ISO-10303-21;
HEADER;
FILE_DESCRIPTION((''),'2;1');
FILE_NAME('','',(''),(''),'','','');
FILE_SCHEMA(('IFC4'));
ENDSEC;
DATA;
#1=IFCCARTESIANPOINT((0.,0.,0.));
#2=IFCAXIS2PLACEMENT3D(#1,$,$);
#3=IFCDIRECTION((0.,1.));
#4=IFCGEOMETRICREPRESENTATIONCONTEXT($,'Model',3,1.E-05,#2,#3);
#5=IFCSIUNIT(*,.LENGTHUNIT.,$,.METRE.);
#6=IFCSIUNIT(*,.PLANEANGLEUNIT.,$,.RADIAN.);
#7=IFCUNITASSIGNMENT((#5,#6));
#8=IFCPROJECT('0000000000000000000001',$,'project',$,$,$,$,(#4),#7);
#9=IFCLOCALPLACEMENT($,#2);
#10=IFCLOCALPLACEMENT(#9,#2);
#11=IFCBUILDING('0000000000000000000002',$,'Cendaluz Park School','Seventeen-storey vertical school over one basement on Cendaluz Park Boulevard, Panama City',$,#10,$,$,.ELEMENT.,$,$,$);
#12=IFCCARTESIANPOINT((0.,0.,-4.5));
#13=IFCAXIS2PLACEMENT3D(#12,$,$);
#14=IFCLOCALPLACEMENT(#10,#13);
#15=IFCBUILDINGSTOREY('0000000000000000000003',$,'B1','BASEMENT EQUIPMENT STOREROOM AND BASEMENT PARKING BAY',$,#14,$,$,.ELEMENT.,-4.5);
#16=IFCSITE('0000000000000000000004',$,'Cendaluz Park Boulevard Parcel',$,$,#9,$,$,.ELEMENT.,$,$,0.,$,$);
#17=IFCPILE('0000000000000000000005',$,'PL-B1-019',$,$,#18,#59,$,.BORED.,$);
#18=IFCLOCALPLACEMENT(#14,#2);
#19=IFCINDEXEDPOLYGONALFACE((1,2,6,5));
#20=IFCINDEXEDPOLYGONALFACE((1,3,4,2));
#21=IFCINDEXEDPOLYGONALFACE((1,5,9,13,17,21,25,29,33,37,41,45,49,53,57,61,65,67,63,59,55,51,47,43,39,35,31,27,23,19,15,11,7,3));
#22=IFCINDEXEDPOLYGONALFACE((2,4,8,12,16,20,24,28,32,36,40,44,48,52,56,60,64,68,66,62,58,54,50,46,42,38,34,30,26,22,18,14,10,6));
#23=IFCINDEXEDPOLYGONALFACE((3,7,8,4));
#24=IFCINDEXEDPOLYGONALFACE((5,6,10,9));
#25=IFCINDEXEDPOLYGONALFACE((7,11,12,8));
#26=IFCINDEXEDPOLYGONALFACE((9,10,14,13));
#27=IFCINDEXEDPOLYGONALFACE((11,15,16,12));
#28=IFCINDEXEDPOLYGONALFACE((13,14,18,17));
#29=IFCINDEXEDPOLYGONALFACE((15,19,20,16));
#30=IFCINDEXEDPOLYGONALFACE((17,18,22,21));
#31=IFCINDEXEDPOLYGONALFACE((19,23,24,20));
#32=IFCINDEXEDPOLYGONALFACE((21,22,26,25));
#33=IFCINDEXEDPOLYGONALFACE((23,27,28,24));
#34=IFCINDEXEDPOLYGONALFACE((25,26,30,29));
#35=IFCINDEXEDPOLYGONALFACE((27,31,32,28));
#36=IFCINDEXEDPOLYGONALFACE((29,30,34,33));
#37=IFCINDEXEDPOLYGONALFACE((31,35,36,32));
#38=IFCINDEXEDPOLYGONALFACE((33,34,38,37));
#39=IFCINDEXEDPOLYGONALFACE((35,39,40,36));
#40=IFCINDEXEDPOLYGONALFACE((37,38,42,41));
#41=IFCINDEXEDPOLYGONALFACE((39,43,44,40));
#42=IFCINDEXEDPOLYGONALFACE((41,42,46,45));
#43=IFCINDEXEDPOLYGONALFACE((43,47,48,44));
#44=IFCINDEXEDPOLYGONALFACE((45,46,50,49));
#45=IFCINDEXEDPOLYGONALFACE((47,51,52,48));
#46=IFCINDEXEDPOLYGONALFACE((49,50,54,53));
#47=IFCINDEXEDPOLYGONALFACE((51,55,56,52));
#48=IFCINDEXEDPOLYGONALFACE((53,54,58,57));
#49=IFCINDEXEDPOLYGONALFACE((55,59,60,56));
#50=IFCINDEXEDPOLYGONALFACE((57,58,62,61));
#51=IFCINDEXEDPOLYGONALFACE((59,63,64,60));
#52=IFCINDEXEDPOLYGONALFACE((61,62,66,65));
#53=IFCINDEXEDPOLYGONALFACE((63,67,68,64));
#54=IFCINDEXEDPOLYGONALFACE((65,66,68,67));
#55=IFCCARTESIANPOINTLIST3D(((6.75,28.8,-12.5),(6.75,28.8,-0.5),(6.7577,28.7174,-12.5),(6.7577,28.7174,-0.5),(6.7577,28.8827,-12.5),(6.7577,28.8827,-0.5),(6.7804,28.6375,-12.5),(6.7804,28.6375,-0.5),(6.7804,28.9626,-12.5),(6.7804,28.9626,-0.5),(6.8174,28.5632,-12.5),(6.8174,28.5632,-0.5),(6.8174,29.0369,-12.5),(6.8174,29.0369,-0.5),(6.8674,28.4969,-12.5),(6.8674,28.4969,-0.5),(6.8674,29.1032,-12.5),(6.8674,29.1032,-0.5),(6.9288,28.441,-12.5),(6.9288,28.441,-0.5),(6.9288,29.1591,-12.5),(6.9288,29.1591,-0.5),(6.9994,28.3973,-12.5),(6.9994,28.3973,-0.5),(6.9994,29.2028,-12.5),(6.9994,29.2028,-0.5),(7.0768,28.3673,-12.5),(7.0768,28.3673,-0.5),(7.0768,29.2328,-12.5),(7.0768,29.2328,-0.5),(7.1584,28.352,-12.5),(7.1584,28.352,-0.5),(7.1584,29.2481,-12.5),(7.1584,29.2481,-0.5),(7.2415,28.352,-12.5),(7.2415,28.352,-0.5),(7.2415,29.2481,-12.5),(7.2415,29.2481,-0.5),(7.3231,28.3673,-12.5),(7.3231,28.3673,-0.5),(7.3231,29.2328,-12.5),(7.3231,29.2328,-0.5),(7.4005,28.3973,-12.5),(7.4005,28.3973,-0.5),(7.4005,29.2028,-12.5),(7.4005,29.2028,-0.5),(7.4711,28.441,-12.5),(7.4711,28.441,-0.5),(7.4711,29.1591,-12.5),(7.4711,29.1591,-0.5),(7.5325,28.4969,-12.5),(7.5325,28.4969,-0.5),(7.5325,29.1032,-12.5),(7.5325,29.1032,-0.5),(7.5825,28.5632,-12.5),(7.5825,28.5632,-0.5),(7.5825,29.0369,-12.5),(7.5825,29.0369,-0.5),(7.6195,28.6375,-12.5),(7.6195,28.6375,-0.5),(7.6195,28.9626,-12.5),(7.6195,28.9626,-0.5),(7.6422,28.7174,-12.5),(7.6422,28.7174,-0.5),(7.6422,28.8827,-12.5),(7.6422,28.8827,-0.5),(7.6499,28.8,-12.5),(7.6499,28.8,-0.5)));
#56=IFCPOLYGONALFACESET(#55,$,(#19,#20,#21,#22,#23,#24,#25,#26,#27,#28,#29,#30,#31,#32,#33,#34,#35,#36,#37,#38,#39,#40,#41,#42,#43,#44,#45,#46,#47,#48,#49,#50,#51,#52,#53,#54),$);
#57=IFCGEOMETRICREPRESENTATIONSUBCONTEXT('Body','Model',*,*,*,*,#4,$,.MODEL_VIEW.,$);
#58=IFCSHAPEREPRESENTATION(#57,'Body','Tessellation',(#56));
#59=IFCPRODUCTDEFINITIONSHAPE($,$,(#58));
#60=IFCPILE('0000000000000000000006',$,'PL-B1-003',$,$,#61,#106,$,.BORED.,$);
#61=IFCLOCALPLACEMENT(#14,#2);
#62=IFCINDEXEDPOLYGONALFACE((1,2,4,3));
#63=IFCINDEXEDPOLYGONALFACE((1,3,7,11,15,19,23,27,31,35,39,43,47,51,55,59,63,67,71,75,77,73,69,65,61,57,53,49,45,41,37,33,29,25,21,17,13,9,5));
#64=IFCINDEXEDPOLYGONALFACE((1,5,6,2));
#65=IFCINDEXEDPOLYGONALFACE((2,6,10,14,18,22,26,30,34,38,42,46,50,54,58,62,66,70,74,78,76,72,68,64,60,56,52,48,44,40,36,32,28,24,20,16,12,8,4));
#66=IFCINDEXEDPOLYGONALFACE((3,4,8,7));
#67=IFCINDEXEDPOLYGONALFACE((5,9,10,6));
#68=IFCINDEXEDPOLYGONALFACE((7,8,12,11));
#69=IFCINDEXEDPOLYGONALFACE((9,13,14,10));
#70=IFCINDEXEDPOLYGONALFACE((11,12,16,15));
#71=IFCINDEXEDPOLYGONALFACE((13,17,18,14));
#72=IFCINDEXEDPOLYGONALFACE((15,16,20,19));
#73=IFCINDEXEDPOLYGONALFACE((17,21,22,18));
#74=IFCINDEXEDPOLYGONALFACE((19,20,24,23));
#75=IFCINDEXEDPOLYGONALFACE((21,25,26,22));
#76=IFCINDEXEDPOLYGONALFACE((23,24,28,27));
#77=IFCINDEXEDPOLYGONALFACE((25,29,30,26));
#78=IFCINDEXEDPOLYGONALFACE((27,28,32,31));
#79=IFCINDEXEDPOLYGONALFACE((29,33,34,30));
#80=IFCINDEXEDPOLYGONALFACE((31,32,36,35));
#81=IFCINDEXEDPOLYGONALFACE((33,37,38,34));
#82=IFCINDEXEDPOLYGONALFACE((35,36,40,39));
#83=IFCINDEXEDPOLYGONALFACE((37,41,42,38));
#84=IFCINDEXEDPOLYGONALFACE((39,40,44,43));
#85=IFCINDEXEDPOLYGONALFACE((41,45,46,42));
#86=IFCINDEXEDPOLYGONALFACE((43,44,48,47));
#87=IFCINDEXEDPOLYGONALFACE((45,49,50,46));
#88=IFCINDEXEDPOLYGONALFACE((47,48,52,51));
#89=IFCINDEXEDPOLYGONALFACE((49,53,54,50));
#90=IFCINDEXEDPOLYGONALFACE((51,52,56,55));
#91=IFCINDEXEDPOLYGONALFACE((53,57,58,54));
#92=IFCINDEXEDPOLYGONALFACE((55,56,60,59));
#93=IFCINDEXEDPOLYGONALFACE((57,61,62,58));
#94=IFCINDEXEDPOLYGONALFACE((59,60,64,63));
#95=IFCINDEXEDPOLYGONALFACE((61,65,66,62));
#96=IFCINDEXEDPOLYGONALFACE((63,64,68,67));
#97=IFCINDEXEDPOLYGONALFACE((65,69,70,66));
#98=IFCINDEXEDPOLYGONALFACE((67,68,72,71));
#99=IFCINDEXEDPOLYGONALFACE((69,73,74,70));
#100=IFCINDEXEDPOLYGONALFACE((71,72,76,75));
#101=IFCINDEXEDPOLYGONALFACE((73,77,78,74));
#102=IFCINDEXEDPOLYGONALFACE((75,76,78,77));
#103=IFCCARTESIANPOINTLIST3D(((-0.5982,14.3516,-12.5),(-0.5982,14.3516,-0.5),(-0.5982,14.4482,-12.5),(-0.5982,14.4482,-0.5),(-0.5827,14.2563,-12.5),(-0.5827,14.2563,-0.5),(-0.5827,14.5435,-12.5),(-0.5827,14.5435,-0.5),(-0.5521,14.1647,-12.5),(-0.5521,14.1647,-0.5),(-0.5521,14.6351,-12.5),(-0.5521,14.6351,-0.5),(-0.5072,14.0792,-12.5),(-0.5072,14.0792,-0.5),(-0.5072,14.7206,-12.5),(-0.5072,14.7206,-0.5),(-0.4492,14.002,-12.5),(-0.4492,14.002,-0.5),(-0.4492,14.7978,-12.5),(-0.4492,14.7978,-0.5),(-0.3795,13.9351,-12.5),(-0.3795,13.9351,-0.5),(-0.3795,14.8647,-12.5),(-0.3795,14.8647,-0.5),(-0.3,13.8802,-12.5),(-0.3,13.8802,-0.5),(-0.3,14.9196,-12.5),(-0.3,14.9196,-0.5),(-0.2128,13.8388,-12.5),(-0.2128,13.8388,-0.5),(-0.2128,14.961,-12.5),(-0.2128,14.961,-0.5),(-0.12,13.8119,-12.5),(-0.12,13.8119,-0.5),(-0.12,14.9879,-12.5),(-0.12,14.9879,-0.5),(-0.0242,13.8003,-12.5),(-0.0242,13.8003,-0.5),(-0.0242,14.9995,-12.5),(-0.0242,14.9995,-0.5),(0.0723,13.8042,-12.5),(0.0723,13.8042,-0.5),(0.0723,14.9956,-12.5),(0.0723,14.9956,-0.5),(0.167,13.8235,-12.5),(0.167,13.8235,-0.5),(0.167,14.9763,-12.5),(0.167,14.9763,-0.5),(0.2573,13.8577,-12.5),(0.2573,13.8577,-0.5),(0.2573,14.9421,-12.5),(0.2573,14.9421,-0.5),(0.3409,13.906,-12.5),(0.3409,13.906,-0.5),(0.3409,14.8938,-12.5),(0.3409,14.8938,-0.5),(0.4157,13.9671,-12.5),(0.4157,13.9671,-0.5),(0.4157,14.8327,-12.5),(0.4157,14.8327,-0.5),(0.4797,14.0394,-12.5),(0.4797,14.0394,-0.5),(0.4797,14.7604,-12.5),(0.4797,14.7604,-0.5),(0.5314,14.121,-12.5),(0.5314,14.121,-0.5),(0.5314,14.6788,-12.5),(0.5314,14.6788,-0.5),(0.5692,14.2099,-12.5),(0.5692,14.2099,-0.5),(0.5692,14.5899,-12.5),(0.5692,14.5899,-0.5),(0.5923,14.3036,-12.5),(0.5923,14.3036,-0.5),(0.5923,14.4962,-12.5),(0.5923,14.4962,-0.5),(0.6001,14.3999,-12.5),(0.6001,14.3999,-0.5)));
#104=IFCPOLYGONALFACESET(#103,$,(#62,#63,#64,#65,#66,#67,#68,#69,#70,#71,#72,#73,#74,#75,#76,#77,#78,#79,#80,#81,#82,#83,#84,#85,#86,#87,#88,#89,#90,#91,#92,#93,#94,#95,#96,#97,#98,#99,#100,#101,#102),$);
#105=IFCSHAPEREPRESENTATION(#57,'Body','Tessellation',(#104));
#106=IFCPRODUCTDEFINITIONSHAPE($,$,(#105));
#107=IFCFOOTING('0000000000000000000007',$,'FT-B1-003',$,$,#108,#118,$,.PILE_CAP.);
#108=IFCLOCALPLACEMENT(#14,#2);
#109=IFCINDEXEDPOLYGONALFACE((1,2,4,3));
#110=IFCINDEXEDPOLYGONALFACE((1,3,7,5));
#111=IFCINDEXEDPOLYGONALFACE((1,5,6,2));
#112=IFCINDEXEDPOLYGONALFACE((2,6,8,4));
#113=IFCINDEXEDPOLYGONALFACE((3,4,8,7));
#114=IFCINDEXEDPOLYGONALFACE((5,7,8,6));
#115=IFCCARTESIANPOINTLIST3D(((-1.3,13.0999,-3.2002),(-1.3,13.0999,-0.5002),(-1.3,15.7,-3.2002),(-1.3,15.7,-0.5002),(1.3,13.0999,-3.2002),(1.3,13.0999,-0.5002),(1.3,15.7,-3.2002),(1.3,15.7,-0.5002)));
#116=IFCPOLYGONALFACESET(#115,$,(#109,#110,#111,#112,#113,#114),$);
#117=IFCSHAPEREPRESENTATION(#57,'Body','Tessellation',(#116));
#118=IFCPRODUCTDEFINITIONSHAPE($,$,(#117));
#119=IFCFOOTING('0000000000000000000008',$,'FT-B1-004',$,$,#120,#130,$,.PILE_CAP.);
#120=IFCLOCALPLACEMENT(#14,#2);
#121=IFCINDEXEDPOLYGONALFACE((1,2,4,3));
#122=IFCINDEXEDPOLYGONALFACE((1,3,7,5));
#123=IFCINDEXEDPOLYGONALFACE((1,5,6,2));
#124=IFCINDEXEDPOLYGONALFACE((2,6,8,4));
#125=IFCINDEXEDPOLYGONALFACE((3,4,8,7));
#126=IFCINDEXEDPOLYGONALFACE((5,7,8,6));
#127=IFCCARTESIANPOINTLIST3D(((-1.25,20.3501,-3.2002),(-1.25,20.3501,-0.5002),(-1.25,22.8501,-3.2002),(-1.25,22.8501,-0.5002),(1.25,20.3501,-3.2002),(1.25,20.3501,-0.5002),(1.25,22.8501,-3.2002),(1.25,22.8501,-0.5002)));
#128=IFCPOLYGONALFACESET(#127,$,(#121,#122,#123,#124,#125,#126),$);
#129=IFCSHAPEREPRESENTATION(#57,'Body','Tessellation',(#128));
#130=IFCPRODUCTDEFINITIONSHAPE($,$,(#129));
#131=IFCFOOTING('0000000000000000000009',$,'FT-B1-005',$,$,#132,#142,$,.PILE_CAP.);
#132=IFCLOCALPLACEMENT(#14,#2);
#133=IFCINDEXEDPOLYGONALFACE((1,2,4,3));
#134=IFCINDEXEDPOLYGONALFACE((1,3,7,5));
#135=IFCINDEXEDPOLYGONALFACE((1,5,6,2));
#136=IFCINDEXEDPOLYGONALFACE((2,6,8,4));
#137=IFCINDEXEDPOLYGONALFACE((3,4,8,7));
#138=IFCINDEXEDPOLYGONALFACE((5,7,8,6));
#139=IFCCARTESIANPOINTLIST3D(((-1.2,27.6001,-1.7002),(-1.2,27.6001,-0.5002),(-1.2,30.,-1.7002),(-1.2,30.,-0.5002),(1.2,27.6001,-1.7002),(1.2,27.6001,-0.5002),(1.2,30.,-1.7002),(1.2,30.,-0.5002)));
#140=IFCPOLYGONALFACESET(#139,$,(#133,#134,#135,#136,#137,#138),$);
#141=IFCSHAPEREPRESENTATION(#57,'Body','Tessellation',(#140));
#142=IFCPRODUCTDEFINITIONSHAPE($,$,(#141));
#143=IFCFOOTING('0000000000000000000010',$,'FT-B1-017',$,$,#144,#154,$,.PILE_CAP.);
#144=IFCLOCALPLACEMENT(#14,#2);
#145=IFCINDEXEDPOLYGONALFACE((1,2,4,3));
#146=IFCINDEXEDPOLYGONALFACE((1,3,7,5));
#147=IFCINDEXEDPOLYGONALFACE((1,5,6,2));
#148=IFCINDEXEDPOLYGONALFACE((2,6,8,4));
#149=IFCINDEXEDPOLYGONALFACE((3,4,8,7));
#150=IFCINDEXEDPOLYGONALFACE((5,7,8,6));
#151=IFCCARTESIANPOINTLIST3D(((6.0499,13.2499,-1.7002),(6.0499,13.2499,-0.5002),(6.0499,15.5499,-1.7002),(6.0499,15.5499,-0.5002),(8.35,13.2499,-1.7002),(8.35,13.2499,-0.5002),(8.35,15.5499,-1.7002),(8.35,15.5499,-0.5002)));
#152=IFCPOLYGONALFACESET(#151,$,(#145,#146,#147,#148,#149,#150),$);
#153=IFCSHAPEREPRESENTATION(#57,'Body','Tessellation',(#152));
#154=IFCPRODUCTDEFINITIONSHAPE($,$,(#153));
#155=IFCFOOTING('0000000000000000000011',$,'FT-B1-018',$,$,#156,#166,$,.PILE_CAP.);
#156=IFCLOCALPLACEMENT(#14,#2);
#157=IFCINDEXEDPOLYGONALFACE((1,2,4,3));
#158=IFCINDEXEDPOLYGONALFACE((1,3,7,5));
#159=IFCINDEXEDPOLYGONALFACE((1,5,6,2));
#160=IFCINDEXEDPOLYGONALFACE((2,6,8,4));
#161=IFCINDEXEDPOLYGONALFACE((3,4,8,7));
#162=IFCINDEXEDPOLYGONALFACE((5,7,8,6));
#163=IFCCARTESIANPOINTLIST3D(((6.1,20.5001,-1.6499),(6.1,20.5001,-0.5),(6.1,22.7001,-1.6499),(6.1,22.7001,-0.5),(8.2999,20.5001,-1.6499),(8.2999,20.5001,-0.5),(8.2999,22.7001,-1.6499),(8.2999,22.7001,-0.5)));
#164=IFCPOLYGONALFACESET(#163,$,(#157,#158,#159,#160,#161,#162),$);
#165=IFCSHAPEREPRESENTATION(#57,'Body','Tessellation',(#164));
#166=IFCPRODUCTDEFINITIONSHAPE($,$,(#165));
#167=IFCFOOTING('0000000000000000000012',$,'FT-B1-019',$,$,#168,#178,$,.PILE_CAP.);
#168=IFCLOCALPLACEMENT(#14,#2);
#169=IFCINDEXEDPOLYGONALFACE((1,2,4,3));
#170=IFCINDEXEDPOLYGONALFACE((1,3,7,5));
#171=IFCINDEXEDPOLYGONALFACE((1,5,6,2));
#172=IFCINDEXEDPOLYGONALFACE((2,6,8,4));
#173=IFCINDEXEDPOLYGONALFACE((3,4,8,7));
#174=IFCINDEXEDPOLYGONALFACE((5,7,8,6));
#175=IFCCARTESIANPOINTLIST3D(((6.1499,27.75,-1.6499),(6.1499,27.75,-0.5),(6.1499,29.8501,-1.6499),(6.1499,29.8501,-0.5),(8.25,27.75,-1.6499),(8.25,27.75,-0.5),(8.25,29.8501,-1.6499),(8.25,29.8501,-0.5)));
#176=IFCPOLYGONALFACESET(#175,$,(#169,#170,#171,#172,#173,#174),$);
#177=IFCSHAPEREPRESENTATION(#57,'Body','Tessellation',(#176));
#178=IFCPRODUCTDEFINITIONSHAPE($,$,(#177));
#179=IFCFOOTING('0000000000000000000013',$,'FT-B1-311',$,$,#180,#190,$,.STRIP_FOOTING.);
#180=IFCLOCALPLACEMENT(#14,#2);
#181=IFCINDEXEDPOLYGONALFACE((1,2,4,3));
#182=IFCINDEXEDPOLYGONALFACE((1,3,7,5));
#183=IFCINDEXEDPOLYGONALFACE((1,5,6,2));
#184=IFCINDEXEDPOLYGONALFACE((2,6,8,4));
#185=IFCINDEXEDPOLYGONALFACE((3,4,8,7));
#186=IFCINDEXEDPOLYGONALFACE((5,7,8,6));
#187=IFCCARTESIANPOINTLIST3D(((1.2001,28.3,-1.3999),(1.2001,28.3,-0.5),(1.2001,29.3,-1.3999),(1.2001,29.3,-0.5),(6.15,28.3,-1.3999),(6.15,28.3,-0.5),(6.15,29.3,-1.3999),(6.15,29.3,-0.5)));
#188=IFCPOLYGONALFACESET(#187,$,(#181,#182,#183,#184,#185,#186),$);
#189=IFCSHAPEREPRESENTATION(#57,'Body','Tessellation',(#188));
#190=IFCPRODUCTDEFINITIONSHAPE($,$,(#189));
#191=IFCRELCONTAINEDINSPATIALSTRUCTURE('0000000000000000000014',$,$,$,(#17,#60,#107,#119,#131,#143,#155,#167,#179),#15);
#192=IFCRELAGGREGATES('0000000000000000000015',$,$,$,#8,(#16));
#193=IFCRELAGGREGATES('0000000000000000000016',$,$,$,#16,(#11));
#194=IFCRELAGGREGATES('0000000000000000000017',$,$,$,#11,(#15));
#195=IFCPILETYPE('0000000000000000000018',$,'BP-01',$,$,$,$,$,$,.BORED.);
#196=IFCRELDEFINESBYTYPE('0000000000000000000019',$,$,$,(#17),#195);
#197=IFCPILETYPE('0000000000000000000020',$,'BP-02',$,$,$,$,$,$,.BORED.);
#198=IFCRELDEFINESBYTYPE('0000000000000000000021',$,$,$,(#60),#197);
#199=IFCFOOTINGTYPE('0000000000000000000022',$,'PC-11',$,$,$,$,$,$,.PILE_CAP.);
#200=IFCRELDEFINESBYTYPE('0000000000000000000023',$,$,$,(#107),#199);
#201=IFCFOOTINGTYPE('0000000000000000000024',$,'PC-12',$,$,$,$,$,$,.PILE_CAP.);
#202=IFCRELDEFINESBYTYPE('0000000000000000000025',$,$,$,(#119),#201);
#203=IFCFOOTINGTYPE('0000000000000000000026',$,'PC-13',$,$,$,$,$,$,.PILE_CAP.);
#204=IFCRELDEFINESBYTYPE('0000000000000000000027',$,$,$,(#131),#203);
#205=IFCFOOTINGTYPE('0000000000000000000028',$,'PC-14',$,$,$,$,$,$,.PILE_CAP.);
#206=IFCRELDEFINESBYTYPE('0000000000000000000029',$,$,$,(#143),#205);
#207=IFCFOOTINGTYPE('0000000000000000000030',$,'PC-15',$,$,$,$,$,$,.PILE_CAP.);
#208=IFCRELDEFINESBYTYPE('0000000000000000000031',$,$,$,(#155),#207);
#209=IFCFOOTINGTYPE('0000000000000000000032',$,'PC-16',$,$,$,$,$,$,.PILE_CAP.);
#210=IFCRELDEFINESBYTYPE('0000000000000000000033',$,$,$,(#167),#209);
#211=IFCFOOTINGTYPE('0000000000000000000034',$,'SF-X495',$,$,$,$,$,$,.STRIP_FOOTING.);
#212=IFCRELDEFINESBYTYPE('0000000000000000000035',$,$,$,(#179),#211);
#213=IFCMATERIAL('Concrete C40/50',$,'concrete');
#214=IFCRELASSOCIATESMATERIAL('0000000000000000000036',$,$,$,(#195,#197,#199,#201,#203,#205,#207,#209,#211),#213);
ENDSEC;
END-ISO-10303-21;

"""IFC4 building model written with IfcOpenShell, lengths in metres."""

from ifc_helpers import new_model, si_unit, direction, frame, origin, origin_2d, place, context, subcontext, project, spatial, rectangle, circle, extrude, material, material_profile, profile_set, type_object, element, save


model = new_model("IFC4")

# Units and contexts
model_context = context("Model", 3, precision=1e-05, world=origin(), true_north=direction((0.0, 1.0)))
body_context = subcontext(model_context, "Body", "Model", "MODEL_VIEW")
ifc_project = project(units=[si_unit("LENGTHUNIT", "METRE"), si_unit("PLANEANGLEUNIT", "RADIAN")], contexts=[model_context])

# Site, building, storey
site_placement = place(None, origin())
site = spatial("IfcSite", under=ifc_project, at=site_placement, Name="Cendaluz Park Boulevard Parcel", CompositionType="ELEMENT", RefElevation=0.0)
building_placement = place(site_placement, origin())
building = spatial("IfcBuilding", under=site, at=building_placement, Name="Cendaluz Park School", Description="Seventeen-storey vertical school over one basement on Cendaluz Park Boulevard, Panama City", CompositionType="ELEMENT")
storey_placement = place(building_placement, frame((0.0, 0.0, -4.5)))
storey = spatial("IfcBuildingStorey", under=building, at=storey_placement, Name="B1", Description="BASEMENT EQUIPMENT STOREROOM AND BASEMENT PARKING BAY", CompositionType="ELEMENT", Elevation=-4.5)

# Piles
ifc_material_1 = material(Name="Concrete C40/50", Category="concrete")
ifc_material_profile_1 = material_profile(ifc_material_1, circle(Radius=0.45, at=origin_2d()), Name="BP D900", Category="concrete")
ifc_profile_set_1 = profile_set([ifc_material_profile_1], Name="Concrete C40/50")
pile_type_1 = type_object("IfcPileType", Name="BP-01", PredefinedType="BORED", material=ifc_profile_set_1)
for number, where, z_axis, x_axis, name in (
    (1, (7.2, 28.8, -0.5), (0.0, 0.0, -1.0), (1.0, 0.0, 0.0), "PL-B1-019"),
):
    element("IfcPile", number, at=place(storey_placement, frame(where, z_axis=z_axis, x_axis=x_axis)), inside=storey, type_object=pile_type_1, Name=name, PredefinedType="BORED", context=body_context, shape_type="SweptSolid", body=[
        extrude(circle(Radius=0.45, at=origin_2d()), origin(), (0.0, 0.0, 1.0), 12.0),
    ])
ifc_material_profile_2 = material_profile(ifc_material_1, circle(Radius=0.6001, at=origin_2d()), Name="BP D1200", Category="concrete")
ifc_profile_set_2 = profile_set([ifc_material_profile_2], Name="Concrete C40/50")
pile_type_2 = type_object("IfcPileType", Name="BP-02", PredefinedType="BORED", material=ifc_profile_set_2)
pile_placement = place(storey_placement, frame((0.0, 14.3999, -0.5), z_axis=(0.0, 0.0, -1.0), x_axis=(1.0, 0.0, 0.0)))
element("IfcPile", 2, at=pile_placement, inside=storey, type_object=pile_type_2, Name="PL-B1-003", PredefinedType="BORED", context=body_context, shape_type="SweptSolid", body=[
    extrude(circle(Radius=0.6001, at=origin_2d()), origin(), (0.0, 0.0, 1.0), 12.0),
])

# Footings
footing_type_1 = type_object("IfcFootingType", Name="PC-11", PredefinedType="PILE_CAP", material=ifc_material_1)
footing_1_placement = place(storey_placement, frame((0.0, 14.3999, -3.2002), z_axis=(0.0, 0.0, 1.0), x_axis=(1.0, 0.0, 0.0)))
element("IfcFooting", 3, at=footing_1_placement, inside=storey, type_object=footing_type_1, Name="FT-B1-003", PredefinedType="PILE_CAP", context=body_context, shape_type="SweptSolid", body=[
    extrude(rectangle(XDim=2.6001, YDim=2.6001, at=origin_2d()), origin(), (0.0, 0.0, 1.0), 2.7),
])
footing_type_2 = type_object("IfcFootingType", Name="PC-12", PredefinedType="PILE_CAP", material=ifc_material_1)
footing_2_placement = place(storey_placement, frame((0.0, 21.6001, -3.2002), z_axis=(0.0, 0.0, 1.0), x_axis=(1.0, 0.0, 0.0)))
element("IfcFooting", 4, at=footing_2_placement, inside=storey, type_object=footing_type_2, Name="FT-B1-004", PredefinedType="PILE_CAP", context=body_context, shape_type="SweptSolid", body=[
    extrude(rectangle(XDim=2.5, YDim=2.5, at=origin_2d()), origin(), (0.0, 0.0, 1.0), 2.7),
])
footing_type_3 = type_object("IfcFootingType", Name="PC-13", PredefinedType="PILE_CAP", material=ifc_material_1)
footing_3_placement = place(storey_placement, frame((0.0, 28.8, -1.7002), z_axis=(0.0, 0.0, 1.0), x_axis=(1.0, 0.0, 0.0)))
element("IfcFooting", 5, at=footing_3_placement, inside=storey, type_object=footing_type_3, Name="FT-B1-005", PredefinedType="PILE_CAP", context=body_context, shape_type="SweptSolid", body=[
    extrude(rectangle(XDim=2.3999, YDim=2.3999, at=origin_2d()), origin(), (0.0, 0.0, 1.0), 1.2),
])
footing_type_4 = type_object("IfcFootingType", Name="PC-14", PredefinedType="PILE_CAP", material=ifc_material_1)
footing_4_placement = place(storey_placement, frame((7.2, 14.3999, -1.7002), z_axis=(0.0, 0.0, 1.0), x_axis=(1.0, 0.0, 0.0)))
element("IfcFooting", 6, at=footing_4_placement, inside=storey, type_object=footing_type_4, Name="FT-B1-017", PredefinedType="PILE_CAP", context=body_context, shape_type="SweptSolid", body=[
    extrude(rectangle(XDim=2.3, YDim=2.3, at=origin_2d()), origin(), (0.0, 0.0, 1.0), 1.2),
])
footing_type_5 = type_object("IfcFootingType", Name="PC-15", PredefinedType="PILE_CAP", material=ifc_material_1)
footing_5_placement = place(storey_placement, frame((7.2, 21.6001, -1.6499), z_axis=(0.0, 0.0, 1.0), x_axis=(1.0, 0.0, 0.0)))
element("IfcFooting", 7, at=footing_5_placement, inside=storey, type_object=footing_type_5, Name="FT-B1-018", PredefinedType="PILE_CAP", context=body_context, shape_type="SweptSolid", body=[
    extrude(rectangle(XDim=2.2, YDim=2.2, at=origin_2d()), origin(), (0.0, 0.0, 1.0), 1.1499),
])
footing_type_6 = type_object("IfcFootingType", Name="PC-16", PredefinedType="PILE_CAP", material=ifc_material_1)
footing_6_placement = place(storey_placement, frame((7.2, 28.8, -1.6499), z_axis=(0.0, 0.0, 1.0), x_axis=(1.0, 0.0, 0.0)))
element("IfcFooting", 8, at=footing_6_placement, inside=storey, type_object=footing_type_6, Name="FT-B1-019", PredefinedType="PILE_CAP", context=body_context, shape_type="SweptSolid", body=[
    extrude(rectangle(XDim=2.1001, YDim=2.1001, at=origin_2d()), origin(), (0.0, 0.0, 1.0), 1.1499),
])
footing_type_7 = type_object("IfcFootingType", Name="SF-X495", PredefinedType="STRIP_FOOTING", material=ifc_material_1)
footing_7_placement = place(storey_placement, frame((3.675, 28.8, -1.3999), z_axis=(0.0, 0.0, 1.0), x_axis=(1.0, 0.0, 0.0)))
element("IfcFooting", 9, at=footing_7_placement, inside=storey, type_object=footing_type_7, Name="FT-B1-311", PredefinedType="STRIP_FOOTING", context=body_context, shape_type="SweptSolid", body=[
    extrude(rectangle(XDim=4.95, YDim=1.0, at=origin_2d()), origin(), (0.0, 0.0, 1.0), 0.8999),
])

save(model, "model.ifc")
